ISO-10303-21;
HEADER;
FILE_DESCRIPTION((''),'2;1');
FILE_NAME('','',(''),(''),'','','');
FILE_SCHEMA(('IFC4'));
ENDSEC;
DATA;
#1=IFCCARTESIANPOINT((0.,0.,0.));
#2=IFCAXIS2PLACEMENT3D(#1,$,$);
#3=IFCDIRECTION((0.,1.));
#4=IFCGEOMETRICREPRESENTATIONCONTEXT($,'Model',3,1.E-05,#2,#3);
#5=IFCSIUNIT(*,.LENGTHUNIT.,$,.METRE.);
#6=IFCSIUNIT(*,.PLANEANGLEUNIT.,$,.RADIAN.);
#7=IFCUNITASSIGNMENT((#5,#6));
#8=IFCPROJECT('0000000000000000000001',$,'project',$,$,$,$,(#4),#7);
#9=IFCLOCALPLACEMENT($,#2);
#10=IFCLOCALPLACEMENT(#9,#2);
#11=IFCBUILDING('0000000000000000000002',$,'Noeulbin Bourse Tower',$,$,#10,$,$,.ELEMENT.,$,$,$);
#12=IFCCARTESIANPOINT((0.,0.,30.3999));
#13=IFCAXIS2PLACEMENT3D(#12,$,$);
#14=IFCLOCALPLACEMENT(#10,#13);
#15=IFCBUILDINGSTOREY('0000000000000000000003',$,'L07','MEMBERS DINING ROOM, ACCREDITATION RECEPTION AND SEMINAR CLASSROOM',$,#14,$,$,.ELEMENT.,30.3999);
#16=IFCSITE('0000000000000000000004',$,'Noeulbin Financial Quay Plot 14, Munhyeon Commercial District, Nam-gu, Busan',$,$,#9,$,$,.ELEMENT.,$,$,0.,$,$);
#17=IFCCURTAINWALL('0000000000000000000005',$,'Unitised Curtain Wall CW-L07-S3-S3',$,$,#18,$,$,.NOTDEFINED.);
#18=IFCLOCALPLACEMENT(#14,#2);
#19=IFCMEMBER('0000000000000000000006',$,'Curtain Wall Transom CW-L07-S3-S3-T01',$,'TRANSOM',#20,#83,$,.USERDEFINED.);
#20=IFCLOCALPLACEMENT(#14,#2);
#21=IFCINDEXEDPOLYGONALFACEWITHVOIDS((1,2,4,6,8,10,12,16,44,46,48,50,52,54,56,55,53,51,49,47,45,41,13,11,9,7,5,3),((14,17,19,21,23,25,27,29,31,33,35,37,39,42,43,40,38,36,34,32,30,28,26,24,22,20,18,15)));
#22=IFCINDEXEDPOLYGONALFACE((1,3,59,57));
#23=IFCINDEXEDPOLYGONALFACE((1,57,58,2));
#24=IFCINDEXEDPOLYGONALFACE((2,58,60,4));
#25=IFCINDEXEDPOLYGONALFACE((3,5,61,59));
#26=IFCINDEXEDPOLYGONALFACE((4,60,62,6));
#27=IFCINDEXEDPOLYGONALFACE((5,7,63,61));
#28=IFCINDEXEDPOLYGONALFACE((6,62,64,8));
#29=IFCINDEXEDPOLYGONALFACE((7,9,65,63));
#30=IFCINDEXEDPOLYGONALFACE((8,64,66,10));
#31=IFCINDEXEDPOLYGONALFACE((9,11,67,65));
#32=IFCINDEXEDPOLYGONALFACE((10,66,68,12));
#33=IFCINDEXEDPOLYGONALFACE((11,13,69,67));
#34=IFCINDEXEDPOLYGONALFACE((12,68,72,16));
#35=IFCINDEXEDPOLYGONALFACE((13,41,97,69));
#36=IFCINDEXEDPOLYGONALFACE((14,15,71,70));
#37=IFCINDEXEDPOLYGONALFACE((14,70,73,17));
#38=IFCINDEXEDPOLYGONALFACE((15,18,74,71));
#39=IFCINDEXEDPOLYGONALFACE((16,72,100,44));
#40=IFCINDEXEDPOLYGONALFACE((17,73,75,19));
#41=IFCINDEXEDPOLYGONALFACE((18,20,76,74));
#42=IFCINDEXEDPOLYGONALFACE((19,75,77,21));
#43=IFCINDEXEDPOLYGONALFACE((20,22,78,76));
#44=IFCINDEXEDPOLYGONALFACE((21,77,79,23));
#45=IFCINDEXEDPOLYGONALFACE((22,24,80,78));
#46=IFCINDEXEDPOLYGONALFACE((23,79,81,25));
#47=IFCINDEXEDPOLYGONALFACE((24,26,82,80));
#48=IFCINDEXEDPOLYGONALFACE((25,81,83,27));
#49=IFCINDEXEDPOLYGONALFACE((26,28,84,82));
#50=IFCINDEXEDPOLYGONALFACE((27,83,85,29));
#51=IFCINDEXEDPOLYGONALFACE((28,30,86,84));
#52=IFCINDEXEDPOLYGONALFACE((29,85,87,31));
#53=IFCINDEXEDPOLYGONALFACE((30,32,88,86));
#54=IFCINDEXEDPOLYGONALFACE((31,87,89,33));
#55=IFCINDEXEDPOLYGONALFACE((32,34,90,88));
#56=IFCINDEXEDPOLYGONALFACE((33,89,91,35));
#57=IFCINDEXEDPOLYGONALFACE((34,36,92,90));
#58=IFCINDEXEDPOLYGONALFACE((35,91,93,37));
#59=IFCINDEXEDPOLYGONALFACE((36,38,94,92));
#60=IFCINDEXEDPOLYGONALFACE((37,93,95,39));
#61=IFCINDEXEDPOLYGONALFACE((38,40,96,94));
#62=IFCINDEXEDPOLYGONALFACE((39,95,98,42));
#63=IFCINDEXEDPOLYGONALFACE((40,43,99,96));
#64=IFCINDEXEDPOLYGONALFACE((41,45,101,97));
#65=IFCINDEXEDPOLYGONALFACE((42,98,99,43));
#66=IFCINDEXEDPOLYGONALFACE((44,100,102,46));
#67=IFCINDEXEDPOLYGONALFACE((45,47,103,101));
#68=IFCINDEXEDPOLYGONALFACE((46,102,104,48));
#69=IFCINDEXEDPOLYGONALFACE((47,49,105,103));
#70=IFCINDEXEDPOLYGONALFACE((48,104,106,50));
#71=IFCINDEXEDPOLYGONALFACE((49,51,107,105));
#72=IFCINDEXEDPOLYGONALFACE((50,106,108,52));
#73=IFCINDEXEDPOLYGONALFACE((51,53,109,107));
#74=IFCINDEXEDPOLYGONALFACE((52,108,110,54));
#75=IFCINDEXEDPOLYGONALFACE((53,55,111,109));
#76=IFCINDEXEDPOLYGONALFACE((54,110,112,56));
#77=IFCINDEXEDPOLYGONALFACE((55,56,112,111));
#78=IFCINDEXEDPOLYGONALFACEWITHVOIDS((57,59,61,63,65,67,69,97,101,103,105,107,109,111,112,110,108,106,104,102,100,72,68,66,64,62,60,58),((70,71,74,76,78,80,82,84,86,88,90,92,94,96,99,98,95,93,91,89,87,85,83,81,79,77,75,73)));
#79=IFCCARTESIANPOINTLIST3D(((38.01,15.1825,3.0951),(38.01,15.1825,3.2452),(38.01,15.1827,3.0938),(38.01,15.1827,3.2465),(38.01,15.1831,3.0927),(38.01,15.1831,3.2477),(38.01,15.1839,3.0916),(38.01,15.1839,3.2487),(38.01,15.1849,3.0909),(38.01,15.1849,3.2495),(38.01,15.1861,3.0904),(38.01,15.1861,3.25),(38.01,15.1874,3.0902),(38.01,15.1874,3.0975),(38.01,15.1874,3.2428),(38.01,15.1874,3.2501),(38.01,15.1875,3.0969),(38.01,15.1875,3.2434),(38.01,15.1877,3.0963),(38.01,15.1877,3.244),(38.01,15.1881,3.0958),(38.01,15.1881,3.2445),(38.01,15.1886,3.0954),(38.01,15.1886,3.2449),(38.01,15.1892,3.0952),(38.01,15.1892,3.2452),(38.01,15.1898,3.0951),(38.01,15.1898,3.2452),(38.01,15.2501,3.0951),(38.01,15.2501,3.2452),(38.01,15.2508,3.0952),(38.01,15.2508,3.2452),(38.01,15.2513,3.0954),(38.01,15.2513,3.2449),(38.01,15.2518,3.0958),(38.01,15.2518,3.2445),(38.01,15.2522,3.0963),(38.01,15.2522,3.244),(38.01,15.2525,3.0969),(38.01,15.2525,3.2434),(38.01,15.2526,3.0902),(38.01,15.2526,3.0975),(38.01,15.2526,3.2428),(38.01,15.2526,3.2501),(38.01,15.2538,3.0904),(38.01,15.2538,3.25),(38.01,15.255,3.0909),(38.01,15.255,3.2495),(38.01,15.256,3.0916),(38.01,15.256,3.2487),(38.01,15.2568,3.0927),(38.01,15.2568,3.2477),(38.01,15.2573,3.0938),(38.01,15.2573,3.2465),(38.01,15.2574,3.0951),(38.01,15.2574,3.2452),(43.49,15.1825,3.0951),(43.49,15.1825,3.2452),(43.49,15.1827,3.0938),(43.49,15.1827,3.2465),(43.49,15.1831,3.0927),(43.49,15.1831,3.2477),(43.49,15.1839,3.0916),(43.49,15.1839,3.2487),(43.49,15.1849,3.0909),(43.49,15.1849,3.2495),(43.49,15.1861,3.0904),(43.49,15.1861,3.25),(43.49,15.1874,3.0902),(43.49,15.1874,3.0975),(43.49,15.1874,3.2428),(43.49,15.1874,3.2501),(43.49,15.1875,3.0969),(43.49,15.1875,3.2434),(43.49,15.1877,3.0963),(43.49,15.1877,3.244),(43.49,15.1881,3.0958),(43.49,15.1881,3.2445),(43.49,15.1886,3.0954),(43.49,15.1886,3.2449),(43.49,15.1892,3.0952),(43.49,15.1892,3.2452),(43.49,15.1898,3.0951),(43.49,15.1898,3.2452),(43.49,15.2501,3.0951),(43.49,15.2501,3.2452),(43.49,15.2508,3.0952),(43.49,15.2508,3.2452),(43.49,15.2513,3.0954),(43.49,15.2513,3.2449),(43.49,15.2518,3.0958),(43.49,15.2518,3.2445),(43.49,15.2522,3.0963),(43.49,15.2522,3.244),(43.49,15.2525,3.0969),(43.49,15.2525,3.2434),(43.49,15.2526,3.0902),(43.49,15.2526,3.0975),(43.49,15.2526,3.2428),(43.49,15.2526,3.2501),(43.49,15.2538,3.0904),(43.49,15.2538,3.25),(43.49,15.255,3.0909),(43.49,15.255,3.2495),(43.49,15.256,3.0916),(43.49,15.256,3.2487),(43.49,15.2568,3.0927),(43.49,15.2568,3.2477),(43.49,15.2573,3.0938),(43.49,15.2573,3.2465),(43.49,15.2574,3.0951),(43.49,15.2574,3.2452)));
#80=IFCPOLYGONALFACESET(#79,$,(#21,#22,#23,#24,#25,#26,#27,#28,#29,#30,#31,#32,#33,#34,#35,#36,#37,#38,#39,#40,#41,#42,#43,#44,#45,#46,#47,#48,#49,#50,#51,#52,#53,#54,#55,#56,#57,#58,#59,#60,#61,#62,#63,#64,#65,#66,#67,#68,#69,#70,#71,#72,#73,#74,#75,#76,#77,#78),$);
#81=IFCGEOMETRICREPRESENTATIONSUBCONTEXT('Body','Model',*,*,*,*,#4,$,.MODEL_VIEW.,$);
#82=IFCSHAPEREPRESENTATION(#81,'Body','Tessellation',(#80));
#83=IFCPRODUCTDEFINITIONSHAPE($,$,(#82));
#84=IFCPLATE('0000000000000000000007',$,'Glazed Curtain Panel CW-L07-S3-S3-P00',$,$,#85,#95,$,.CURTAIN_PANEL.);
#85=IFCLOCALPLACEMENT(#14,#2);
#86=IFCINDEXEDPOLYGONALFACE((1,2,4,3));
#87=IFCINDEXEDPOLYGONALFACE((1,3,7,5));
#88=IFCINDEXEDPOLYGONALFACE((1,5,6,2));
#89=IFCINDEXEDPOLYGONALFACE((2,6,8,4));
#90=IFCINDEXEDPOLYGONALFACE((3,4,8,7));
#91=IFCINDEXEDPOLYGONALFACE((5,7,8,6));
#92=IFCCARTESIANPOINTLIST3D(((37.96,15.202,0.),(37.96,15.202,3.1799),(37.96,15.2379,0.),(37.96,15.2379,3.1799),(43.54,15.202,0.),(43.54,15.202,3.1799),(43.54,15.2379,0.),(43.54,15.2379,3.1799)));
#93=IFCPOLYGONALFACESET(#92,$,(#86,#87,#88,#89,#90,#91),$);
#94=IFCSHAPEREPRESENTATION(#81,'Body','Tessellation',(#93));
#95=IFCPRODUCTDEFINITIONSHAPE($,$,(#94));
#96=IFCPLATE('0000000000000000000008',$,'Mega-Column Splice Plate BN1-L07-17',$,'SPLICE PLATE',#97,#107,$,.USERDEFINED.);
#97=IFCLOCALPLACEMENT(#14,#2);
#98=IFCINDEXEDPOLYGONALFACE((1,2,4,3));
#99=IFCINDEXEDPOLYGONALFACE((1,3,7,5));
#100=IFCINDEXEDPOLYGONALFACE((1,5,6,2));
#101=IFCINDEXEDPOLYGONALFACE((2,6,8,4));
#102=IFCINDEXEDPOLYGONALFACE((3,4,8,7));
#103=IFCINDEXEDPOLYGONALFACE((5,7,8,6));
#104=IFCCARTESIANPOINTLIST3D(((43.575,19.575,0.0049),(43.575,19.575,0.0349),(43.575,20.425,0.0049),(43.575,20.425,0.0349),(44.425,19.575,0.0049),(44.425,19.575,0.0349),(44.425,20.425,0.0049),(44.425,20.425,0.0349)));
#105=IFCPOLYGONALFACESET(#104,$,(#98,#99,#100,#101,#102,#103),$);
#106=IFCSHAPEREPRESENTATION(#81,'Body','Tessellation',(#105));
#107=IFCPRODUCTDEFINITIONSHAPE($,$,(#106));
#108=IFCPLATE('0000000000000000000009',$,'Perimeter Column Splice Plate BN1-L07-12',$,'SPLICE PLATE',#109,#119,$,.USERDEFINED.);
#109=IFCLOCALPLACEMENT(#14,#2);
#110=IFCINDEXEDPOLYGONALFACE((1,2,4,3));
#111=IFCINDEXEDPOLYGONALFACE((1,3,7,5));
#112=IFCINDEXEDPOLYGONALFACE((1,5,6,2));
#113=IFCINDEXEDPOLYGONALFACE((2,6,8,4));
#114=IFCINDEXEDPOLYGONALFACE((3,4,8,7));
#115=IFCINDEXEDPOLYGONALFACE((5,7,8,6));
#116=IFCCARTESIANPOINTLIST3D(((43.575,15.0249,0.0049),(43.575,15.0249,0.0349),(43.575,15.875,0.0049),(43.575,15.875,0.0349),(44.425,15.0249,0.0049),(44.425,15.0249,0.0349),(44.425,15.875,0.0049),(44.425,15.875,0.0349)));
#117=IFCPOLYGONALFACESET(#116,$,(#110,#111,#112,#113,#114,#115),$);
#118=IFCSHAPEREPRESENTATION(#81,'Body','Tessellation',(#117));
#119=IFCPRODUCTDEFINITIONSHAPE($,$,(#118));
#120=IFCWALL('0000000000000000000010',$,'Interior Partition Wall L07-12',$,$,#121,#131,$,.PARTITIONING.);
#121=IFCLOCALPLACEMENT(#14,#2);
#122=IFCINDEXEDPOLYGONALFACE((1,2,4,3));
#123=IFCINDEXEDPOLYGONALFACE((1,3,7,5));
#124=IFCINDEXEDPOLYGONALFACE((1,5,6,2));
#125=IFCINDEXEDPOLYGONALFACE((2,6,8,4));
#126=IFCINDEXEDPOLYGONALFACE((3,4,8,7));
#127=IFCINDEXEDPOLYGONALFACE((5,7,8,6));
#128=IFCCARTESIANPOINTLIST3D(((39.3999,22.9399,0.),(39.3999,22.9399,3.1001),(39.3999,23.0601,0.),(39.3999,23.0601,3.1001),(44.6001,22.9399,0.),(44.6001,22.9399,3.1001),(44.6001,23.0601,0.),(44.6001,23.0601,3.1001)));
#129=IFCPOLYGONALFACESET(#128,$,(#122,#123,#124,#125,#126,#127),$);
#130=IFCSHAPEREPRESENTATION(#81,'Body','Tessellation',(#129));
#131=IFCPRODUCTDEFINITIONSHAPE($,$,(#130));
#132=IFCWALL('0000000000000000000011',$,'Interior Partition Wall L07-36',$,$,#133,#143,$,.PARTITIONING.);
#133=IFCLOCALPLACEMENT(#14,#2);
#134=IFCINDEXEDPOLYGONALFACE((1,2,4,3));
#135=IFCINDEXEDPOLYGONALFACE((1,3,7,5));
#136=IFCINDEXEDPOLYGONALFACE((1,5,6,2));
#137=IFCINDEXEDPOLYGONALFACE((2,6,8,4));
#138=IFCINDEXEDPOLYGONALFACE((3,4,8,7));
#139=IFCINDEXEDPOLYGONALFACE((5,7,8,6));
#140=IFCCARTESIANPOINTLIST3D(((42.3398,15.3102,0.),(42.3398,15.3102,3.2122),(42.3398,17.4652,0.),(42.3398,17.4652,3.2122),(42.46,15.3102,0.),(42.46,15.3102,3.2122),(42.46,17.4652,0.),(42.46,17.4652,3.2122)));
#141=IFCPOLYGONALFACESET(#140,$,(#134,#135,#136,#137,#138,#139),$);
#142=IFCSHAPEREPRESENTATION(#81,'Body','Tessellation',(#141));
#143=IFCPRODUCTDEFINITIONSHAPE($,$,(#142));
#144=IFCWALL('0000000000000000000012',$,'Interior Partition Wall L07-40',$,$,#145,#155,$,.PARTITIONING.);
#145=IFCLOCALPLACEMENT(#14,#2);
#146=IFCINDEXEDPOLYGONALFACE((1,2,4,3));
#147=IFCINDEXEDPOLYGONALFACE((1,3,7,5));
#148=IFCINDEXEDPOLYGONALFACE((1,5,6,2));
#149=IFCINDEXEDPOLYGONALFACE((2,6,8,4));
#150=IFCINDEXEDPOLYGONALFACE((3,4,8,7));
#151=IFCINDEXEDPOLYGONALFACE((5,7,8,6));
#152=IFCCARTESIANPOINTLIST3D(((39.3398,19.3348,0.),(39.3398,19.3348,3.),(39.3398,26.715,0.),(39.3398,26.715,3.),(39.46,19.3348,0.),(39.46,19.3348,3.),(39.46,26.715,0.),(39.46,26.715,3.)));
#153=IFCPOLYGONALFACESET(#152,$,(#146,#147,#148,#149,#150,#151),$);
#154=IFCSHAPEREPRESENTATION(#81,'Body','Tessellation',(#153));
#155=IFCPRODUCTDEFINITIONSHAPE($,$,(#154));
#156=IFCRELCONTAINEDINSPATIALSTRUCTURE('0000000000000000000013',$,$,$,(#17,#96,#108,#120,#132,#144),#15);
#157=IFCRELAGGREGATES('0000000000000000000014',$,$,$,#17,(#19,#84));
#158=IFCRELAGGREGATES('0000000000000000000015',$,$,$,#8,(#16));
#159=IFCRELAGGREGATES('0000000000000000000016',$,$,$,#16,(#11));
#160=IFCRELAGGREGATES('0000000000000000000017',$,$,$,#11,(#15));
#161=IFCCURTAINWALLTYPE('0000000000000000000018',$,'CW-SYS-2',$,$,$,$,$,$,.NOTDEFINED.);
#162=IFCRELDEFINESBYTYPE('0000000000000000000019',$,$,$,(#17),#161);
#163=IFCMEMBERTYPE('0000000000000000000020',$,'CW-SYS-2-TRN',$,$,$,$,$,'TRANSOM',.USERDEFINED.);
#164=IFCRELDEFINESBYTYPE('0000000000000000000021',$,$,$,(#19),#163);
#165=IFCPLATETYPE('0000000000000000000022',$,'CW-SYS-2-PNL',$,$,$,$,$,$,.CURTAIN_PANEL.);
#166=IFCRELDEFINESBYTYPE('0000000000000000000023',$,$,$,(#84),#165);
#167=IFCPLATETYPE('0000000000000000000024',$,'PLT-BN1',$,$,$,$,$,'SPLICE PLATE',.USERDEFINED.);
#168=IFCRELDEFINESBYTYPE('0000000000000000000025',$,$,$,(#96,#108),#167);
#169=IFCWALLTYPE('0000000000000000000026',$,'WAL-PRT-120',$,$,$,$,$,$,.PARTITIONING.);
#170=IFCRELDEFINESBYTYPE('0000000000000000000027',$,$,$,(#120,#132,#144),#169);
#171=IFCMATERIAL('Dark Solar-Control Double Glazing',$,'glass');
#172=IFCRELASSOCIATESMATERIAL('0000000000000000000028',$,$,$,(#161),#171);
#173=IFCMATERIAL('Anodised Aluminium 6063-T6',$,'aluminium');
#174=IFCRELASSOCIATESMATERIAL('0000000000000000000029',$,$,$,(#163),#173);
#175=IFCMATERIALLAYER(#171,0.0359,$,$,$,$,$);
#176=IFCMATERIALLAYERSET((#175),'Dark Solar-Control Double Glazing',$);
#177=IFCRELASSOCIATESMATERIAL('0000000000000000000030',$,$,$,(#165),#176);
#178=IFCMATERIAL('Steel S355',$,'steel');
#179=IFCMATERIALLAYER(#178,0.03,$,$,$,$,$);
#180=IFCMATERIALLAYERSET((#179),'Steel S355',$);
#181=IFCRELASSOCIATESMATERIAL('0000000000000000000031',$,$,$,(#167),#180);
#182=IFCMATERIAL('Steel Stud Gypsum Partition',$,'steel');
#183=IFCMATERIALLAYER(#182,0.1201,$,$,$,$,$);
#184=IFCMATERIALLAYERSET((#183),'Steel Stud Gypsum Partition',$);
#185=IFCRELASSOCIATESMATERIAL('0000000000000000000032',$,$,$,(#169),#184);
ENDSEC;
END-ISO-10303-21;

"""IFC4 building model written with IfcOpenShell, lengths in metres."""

from ifc_helpers import new_model, si_unit, direction, frame, frame_2d, origin, origin_2d, place, context, subcontext, project, spatial, rectangle, hollow_rectangle, extrude, material, layer, layer_set, material_profile, profile_set, type_object, element, aggregate, save


model = new_model("IFC4")

# Units and contexts
model_context = context("Model", 3, precision=1e-05, world=origin(), true_north=direction((0.0, 1.0)))
body_context = subcontext(model_context, "Body", "Model", "MODEL_VIEW")
ifc_project = project(units=[si_unit("LENGTHUNIT", "METRE"), si_unit("PLANEANGLEUNIT", "RADIAN")], contexts=[model_context])

# Site, building, storey
site_placement = place(None, origin())
site = spatial("IfcSite", under=ifc_project, at=site_placement, Name="Noeulbin Financial Quay Plot 14, Munhyeon Commercial District, Nam-gu, Busan", CompositionType="ELEMENT", RefElevation=0.0)
building_placement = place(site_placement, origin())
building = spatial("IfcBuilding", under=site, at=building_placement, Name="Noeulbin Bourse Tower", CompositionType="ELEMENT")
storey_placement = place(building_placement, frame((0.0, 0.0, 30.3999)))
storey = spatial("IfcBuildingStorey", under=building, at=storey_placement, Name="L07", Description="MEMBERS DINING ROOM, ACCREDITATION RECEPTION AND SEMINAR CLASSROOM", CompositionType="ELEMENT", Elevation=30.3999)

# Shared definitions
ifc_material_1 = material(Name="Steel S355", Category="steel")

# Curtain wall, member, plate
ifc_material_2 = material(Name="Dark Solar-Control Double Glazing", Category="glass")
curtain_wall_type = type_object("IfcCurtainWallType", Name="CW-SYS-2", PredefinedType="NOTDEFINED", material=ifc_material_2)
curtain_wall_placement = place(storey_placement, origin())
curtain_wall = element("IfcCurtainWall", 1, at=curtain_wall_placement, inside=storey, type_object=curtain_wall_type, Name="Unitised Curtain Wall CW-L07-S3-S3", PredefinedType="NOTDEFINED")
ifc_material_3 = material(Name="Anodised Aluminium 6063-T6", Category="aluminium")
ifc_material_profile_1 = material_profile(ifc_material_3, hollow_rectangle(XDim=0.075, YDim=0.1599, WallThickness=0.0049, InnerFilletRadius=0.0024, OuterFilletRadius=0.0049, at=origin_2d()), Name="ALU-TRAN-75x160x5", Category="LoadBearing")
ifc_profile_set_1 = profile_set([ifc_material_profile_1], Name="Anodised Aluminium 6063-T6")
member_type_1 = type_object("IfcMemberType", Name="CW-SYS-2-TRN", ElementType="TRANSOM", PredefinedType="USERDEFINED", material=ifc_profile_set_1)
member_1_placement = place(storey_placement, frame((38.01, 15.22, 3.1702), z_axis=(1.0, 0.0, 0.0), x_axis=(0.0, 1.0, 0.0)))
member_1 = element("IfcMember", 2, at=member_1_placement, type_object=member_type_1, Name="Curtain Wall Transom CW-L07-S3-S3-T01", ObjectType="TRANSOM", PredefinedType="USERDEFINED", context=body_context, shape_type="SweptSolid", body=[
    extrude(hollow_rectangle(XDim=0.075, YDim=0.1599, WallThickness=0.0049, InnerFilletRadius=0.0024, OuterFilletRadius=0.0049, at=origin_2d()), origin(), (0.0, 0.0, 1.0), 5.48),
])
ifc_layer_1 = layer(ifc_material_2, 0.0359)
ifc_layer_set_1 = layer_set([ifc_layer_1], Name="Dark Solar-Control Double Glazing")
plate_type_1 = type_object("IfcPlateType", Name="CW-SYS-2-PNL", PredefinedType="CURTAIN_PANEL", material=ifc_layer_set_1)
plate_placement = place(storey_placement, frame((40.75, 15.22, 0.0), z_axis=(0.0, 0.0, 1.0), x_axis=(1.0, 0.0, 0.0)))
plate = element("IfcPlate", 3, at=plate_placement, type_object=plate_type_1, Name="Glazed Curtain Panel CW-L07-S3-S3-P00", PredefinedType="CURTAIN_PANEL", context=body_context, shape_type="SweptSolid", body=[
    extrude(rectangle(XDim=5.5801, YDim=0.0359, at=origin_2d()), origin(), (0.0, 0.0, 1.0), 3.1799),
])
aggregate(curtain_wall, [member_1, plate])

# Plates
ifc_layer_2 = layer(ifc_material_1, 0.03)
ifc_layer_set_2 = layer_set([ifc_layer_2], Name="Steel S355")
plate_type_2 = type_object("IfcPlateType", Name="PLT-BN1", ElementType="SPLICE PLATE", PredefinedType="USERDEFINED", material=ifc_layer_set_2)
for number, where, z_axis, x_axis, name in (
    (4, (44.0, 20.0, 0.0049), (0.0, 0.0, 1.0), (1.0, 0.0, 0.0), "Mega-Column Splice Plate BN1-L07-17"),
    (5, (44.0, 15.45, 0.0049), (0.0, 0.0, 1.0), (1.0, 0.0, 0.0), "Perimeter Column Splice Plate BN1-L07-12"),
):
    element("IfcPlate", number, at=place(storey_placement, frame(where, z_axis=z_axis, x_axis=x_axis)), inside=storey, type_object=plate_type_2, Name=name, ObjectType="SPLICE PLATE", PredefinedType="USERDEFINED", context=body_context, shape_type="SweptSolid", body=[
        extrude(rectangle(XDim=0.8501, YDim=0.8501, at=origin_2d()), origin(), (0.0, 0.0, 1.0), 0.03),
    ])

# Walls
ifc_material_4 = material(Name="Steel Stud Gypsum Partition", Category="steel")
ifc_layer_3 = layer(ifc_material_4, 0.1201)
ifc_layer_set_3 = layer_set([ifc_layer_3], Name="Steel Stud Gypsum Partition")
wall_type = type_object("IfcWallType", Name="WAL-PRT-120", PredefinedType="PARTITIONING", material=ifc_layer_set_3)
wall_1_placement = place(storey_placement, frame((39.3999, 23.0, 0.0), z_axis=(0.0, 0.0, 1.0), x_axis=(1.0, 0.0, 0.0)))
element("IfcWall", 6, at=wall_1_placement, inside=storey, type_object=wall_type, Name="Interior Partition Wall L07-12", PredefinedType="PARTITIONING", context=body_context, shape_type="SweptSolid", body=[
    extrude(rectangle(XDim=5.2002, YDim=0.1201, at=frame_2d((2.6001, 0.0))), origin(), (0.0, 0.0, 1.0), 3.1001),
])
wall_2_placement = place(storey_placement, frame((42.3999, 15.3101, 0.0), z_axis=(0.0, 0.0, 1.0), x_axis=(0.0, 1.0, 0.0)))
element("IfcWall", 7, at=wall_2_placement, inside=storey, type_object=wall_type, Name="Interior Partition Wall L07-36", PredefinedType="PARTITIONING", context=body_context, shape_type="SweptSolid", body=[
    extrude(rectangle(XDim=2.155, YDim=0.1201, at=frame_2d((1.0776, 0.0))), origin(), (0.0, 0.0, 1.0), 3.2122),
])
wall_3_placement = place(storey_placement, frame((39.3999, 19.335, 0.0), z_axis=(0.0, 0.0, 1.0), x_axis=(0.0, 1.0, 0.0)))
element("IfcWall", 8, at=wall_3_placement, inside=storey, type_object=wall_type, Name="Interior Partition Wall L07-40", PredefinedType="PARTITIONING", context=body_context, shape_type="SweptSolid", body=[
    extrude(rectangle(XDim=7.3801, YDim=0.1201, at=frame_2d((3.6899, 0.0))), origin(), (0.0, 0.0, 1.0), 3.0),
])

save(model, "model.ifc")
